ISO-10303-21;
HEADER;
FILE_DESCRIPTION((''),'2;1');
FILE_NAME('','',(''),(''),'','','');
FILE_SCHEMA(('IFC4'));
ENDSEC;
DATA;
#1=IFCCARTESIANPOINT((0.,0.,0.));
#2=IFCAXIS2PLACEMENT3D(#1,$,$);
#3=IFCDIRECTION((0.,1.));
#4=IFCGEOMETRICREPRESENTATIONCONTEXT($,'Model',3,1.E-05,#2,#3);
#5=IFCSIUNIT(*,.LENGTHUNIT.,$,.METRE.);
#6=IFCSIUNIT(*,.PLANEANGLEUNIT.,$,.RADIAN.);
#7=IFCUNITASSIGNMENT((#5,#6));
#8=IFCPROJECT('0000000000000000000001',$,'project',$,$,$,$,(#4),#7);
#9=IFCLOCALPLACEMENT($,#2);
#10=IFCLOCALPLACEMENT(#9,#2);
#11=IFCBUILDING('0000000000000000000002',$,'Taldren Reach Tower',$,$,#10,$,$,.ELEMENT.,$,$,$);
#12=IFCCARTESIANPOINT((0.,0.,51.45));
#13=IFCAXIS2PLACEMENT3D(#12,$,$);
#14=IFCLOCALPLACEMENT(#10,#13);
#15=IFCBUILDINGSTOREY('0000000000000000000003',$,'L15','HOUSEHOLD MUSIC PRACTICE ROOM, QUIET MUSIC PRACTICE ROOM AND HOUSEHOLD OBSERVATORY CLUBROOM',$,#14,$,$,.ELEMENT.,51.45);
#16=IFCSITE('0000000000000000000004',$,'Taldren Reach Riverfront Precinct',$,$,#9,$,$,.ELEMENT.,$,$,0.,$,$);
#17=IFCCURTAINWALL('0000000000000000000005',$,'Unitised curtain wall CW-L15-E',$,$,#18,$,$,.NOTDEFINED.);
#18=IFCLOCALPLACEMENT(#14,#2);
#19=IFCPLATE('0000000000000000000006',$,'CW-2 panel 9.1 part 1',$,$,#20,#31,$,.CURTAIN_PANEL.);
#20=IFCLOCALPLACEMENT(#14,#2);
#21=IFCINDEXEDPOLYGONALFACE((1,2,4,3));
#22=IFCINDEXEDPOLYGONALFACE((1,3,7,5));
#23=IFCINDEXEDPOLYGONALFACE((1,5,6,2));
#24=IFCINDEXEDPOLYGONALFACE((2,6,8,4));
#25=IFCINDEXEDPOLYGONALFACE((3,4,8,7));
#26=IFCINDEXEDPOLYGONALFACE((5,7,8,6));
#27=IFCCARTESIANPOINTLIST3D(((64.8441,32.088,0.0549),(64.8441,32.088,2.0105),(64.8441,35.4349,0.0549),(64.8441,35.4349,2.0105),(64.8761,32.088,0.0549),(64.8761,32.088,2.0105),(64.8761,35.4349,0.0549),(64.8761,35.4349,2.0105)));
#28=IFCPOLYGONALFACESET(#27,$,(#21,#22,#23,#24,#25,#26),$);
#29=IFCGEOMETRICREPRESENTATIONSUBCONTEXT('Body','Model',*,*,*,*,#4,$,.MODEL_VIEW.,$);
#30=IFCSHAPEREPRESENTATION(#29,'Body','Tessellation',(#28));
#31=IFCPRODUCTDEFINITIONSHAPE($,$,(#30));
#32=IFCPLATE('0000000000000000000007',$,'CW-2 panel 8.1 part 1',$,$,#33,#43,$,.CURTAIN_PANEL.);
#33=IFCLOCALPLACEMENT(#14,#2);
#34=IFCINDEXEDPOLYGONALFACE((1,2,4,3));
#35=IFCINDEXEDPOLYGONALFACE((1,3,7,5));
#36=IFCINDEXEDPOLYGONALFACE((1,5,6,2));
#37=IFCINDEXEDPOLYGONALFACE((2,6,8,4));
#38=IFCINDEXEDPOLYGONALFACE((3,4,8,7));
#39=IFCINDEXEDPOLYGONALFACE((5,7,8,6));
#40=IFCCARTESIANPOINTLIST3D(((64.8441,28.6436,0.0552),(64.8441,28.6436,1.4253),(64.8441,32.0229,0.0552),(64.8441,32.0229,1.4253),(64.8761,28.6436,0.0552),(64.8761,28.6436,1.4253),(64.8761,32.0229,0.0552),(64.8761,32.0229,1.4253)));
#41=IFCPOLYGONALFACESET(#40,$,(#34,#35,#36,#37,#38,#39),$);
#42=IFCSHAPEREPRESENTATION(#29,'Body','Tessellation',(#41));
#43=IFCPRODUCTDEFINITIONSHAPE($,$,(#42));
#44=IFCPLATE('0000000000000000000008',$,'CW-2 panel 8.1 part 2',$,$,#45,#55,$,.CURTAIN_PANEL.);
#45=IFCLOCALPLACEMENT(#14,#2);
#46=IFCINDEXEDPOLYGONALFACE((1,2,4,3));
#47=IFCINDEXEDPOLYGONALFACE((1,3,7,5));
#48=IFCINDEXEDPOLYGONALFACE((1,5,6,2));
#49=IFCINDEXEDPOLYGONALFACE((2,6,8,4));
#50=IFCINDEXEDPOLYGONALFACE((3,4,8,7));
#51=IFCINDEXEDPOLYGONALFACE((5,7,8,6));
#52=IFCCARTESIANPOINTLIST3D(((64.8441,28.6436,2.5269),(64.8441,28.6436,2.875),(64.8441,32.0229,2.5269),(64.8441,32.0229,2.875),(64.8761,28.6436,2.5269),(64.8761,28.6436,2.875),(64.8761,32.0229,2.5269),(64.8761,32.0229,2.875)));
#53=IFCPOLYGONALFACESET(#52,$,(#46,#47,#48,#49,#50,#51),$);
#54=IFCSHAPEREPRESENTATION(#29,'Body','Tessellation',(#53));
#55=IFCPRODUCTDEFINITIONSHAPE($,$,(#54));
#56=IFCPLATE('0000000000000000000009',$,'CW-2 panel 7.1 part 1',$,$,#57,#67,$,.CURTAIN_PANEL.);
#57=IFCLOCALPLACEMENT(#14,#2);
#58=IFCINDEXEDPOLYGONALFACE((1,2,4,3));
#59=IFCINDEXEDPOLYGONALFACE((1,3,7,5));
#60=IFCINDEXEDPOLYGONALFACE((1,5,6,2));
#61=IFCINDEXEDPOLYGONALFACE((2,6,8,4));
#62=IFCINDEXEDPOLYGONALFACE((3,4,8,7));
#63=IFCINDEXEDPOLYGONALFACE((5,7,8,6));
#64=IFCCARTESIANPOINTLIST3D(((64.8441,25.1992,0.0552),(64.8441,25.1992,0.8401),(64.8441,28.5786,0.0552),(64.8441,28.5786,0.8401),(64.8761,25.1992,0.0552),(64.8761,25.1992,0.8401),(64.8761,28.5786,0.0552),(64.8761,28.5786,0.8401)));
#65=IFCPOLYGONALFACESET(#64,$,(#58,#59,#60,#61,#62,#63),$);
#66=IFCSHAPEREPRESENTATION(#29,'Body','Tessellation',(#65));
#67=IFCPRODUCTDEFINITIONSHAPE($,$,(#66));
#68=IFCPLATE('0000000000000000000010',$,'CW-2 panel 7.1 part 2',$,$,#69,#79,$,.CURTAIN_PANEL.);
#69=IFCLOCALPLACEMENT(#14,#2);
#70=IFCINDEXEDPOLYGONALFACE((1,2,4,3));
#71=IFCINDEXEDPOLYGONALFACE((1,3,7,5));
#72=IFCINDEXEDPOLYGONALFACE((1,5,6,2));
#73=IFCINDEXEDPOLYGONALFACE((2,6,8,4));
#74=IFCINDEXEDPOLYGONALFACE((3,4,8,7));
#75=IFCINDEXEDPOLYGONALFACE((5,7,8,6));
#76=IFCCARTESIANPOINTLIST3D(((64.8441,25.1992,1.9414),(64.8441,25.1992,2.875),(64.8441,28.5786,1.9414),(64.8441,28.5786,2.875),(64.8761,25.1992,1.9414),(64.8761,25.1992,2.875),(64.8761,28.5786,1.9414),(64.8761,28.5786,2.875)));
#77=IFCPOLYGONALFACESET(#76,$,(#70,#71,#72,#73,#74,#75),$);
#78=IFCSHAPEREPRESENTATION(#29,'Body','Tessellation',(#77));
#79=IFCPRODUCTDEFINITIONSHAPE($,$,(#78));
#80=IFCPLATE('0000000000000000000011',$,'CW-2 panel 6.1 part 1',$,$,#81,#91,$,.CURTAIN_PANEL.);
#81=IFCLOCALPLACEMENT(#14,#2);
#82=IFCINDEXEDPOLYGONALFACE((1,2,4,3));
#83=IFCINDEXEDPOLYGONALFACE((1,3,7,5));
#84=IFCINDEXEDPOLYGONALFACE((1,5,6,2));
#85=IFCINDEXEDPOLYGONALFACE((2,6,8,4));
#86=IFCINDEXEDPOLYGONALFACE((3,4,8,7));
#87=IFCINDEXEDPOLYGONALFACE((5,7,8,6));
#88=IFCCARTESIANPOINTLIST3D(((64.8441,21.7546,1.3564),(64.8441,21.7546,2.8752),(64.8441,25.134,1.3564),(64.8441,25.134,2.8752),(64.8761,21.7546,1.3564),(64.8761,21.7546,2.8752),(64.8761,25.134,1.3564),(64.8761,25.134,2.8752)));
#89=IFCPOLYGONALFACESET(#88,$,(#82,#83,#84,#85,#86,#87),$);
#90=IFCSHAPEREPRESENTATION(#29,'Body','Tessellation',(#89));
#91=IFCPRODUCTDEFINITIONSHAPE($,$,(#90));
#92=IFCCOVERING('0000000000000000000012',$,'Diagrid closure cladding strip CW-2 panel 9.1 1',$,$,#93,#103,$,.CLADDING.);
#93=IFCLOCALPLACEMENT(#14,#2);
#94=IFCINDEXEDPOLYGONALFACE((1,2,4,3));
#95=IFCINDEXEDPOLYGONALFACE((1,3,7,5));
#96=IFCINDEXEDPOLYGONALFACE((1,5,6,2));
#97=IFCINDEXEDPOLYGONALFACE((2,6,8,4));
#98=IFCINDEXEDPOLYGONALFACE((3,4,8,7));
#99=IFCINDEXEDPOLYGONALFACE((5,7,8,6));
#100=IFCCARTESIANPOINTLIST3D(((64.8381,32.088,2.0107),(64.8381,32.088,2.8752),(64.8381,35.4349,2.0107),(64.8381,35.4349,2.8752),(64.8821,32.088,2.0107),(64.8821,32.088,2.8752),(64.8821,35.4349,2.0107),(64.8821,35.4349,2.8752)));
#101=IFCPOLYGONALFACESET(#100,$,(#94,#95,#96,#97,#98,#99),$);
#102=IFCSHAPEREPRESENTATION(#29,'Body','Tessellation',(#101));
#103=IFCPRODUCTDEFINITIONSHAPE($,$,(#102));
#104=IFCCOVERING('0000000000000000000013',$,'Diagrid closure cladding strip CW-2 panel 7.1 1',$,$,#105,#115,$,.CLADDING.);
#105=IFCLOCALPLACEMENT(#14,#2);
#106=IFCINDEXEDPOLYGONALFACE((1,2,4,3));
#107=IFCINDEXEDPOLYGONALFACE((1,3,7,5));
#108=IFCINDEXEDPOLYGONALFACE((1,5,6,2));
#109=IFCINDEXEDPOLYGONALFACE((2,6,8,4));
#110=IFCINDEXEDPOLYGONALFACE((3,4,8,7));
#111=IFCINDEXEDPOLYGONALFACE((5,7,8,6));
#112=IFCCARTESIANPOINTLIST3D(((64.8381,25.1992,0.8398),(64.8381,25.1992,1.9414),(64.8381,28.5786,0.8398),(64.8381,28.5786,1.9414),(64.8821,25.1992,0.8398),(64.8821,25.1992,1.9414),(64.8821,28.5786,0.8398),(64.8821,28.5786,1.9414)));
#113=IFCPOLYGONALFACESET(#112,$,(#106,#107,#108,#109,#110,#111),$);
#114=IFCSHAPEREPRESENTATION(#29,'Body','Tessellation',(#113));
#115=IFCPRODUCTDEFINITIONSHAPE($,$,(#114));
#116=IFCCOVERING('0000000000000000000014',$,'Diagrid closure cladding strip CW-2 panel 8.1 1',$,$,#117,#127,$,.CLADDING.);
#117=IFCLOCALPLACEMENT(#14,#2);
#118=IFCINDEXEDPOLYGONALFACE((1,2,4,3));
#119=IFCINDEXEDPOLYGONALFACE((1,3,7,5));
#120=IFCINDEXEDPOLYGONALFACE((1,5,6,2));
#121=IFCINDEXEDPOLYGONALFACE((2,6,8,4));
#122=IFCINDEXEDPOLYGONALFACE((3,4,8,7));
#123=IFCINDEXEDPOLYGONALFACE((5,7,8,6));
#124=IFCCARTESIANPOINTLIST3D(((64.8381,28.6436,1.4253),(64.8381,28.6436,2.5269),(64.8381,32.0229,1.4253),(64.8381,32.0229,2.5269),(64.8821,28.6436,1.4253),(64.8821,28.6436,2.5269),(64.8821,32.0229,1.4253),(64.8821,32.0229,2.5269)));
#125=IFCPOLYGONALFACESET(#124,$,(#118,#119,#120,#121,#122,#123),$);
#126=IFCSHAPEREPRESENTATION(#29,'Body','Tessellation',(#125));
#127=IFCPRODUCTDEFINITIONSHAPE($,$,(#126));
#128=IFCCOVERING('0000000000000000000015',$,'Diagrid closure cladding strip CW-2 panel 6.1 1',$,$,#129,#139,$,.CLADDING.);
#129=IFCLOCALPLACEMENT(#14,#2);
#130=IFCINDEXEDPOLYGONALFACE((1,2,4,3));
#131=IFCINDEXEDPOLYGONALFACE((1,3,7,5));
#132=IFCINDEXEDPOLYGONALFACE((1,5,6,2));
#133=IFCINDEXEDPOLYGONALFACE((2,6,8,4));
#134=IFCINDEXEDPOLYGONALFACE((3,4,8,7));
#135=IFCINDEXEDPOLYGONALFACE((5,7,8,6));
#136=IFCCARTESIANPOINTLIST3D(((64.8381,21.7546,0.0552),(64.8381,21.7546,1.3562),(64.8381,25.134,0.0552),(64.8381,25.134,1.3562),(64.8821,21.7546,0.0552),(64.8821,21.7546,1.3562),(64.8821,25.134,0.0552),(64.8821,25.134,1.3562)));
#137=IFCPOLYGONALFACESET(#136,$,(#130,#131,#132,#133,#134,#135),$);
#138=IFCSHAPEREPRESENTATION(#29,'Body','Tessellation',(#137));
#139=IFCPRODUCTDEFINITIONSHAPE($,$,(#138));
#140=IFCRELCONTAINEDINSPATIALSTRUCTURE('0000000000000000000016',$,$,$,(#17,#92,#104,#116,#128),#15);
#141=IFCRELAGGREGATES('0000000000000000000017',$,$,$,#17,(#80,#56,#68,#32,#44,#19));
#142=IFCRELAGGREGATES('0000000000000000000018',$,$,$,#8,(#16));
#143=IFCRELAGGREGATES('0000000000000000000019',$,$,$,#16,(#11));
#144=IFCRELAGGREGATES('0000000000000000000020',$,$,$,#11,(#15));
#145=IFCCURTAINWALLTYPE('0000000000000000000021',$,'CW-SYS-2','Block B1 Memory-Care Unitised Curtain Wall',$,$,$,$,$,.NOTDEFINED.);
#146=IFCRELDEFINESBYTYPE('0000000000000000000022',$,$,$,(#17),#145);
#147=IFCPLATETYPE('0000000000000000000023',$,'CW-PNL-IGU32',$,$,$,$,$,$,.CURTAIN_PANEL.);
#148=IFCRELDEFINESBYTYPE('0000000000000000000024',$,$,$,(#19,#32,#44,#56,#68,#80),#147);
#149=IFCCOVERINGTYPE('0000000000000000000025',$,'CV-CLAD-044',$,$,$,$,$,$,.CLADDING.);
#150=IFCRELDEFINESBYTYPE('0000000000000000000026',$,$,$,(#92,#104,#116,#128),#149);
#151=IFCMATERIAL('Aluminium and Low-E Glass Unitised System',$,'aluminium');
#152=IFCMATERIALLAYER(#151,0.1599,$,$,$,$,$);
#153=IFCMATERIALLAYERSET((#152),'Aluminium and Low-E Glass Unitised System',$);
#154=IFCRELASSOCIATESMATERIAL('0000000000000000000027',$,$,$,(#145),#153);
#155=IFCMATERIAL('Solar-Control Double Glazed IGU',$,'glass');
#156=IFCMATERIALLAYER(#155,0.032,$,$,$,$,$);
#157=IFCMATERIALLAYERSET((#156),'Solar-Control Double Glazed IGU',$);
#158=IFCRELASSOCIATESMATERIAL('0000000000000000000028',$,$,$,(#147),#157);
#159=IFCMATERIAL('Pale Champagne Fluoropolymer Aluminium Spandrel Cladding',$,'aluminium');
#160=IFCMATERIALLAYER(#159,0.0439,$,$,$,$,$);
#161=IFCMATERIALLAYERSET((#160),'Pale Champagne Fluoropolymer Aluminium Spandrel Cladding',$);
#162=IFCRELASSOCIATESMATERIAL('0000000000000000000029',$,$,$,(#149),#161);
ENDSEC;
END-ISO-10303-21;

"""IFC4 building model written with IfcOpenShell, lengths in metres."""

from ifc_helpers import new_model, si_unit, direction, frame, origin, origin_2d, place, context, subcontext, project, spatial, rectangle, extrude, source, transform, mapped, material, layer, layer_set, type_object, element, aggregate, save


model = new_model("IFC4")

# Units and contexts
model_context = context("Model", 3, precision=1e-05, world=origin(), true_north=direction((0.0, 1.0)))
body_context = subcontext(model_context, "Body", "Model", "MODEL_VIEW")
ifc_project = project(units=[si_unit("LENGTHUNIT", "METRE"), si_unit("PLANEANGLEUNIT", "RADIAN")], contexts=[model_context])

# Site, building, storey
site_placement = place(None, origin())
site = spatial("IfcSite", under=ifc_project, at=site_placement, Name="Taldren Reach Riverfront Precinct", CompositionType="ELEMENT", RefElevation=0.0)
building_placement = place(site_placement, origin())
building = spatial("IfcBuilding", under=site, at=building_placement, Name="Taldren Reach Tower", CompositionType="ELEMENT")
storey_placement = place(building_placement, frame((0.0, 0.0, 51.45)))
storey = spatial("IfcBuildingStorey", under=building, at=storey_placement, Name="L15", Description="HOUSEHOLD MUSIC PRACTICE ROOM, QUIET MUSIC PRACTICE ROOM AND HOUSEHOLD OBSERVATORY CLUBROOM", CompositionType="ELEMENT", Elevation=51.45)

# Curtain wall, plates
ifc_material_1 = material(Name="Aluminium and Low-E Glass Unitised System", Category="aluminium")
ifc_layer_1 = layer(ifc_material_1, 0.1599)
ifc_layer_set_1 = layer_set([ifc_layer_1], Name="Aluminium and Low-E Glass Unitised System")
curtain_wall_type = type_object("IfcCurtainWallType", Name="CW-SYS-2", Description="Block B1 Memory-Care Unitised Curtain Wall", PredefinedType="NOTDEFINED", material=ifc_layer_set_1)
curtain_wall_placement = place(storey_placement, origin())
curtain_wall = element("IfcCurtainWall", 1, at=curtain_wall_placement, inside=storey, type_object=curtain_wall_type, Name="Unitised curtain wall CW-L15-E", PredefinedType="NOTDEFINED")
ifc_material_2 = material(Name="Solar-Control Double Glazed IGU", Category="glass")
ifc_layer_2 = layer(ifc_material_2, 0.032)
ifc_layer_set_2 = layer_set([ifc_layer_2], Name="Solar-Control Double Glazed IGU")
plate_type = type_object("IfcPlateType", Name="CW-PNL-IGU32", PredefinedType="CURTAIN_PANEL", material=ifc_layer_set_2)
shared_shape_1 = source(origin(), body_context, "Body", "SweptSolid", [
    extrude(rectangle(XDim=3.3469, YDim=0.032, at=origin_2d()), origin(), (0.0, 0.0, 1.0), 1.9556),
])
plate_1_placement = place(storey_placement, frame((64.8601, 33.7615, 0.0549), z_axis=(0.0, 0.0, 1.0), x_axis=(0.0, 1.0, 0.0)))
plate_1 = element("IfcPlate", 2, at=plate_1_placement, type_object=plate_type, Name="CW-2 panel 9.1 part 1", PredefinedType="CURTAIN_PANEL", context=body_context, shape_type="MappedRepresentation", body=[
    mapped(shared_shape_1, transform((0.0, 0.0, 0.0), scale=1.0)),
])
shared_shape_2 = source(origin(), body_context, "Body", "SweptSolid", [
    extrude(rectangle(XDim=3.3794, YDim=0.032, at=origin_2d()), origin(), (0.0, 0.0, 1.0), 1.3701),
])
plate_2_placement = place(storey_placement, frame((64.8601, 30.3333, 0.0552), z_axis=(0.0, 0.0, 1.0), x_axis=(0.0, 1.0, 0.0)))
plate_2 = element("IfcPlate", 3, at=plate_2_placement, type_object=plate_type, Name="CW-2 panel 8.1 part 1", PredefinedType="CURTAIN_PANEL", context=body_context, shape_type="MappedRepresentation", body=[
    mapped(shared_shape_2, transform((0.0, 0.0, 0.0), scale=1.0)),
])
shared_shape_3 = source(origin(), body_context, "Body", "SweptSolid", [
    extrude(rectangle(XDim=3.3794, YDim=0.032, at=origin_2d()), origin(), (0.0, 0.0, 1.0), 0.3481),
])
plate_3_placement = place(storey_placement, frame((64.8601, 30.3333, 2.5269), z_axis=(0.0, 0.0, 1.0), x_axis=(0.0, 1.0, 0.0)))
plate_3 = element("IfcPlate", 4, at=plate_3_placement, type_object=plate_type, Name="CW-2 panel 8.1 part 2", PredefinedType="CURTAIN_PANEL", context=body_context, shape_type="MappedRepresentation", body=[
    mapped(shared_shape_3, transform((0.0, 0.0, 0.0), scale=1.0)),
])
shared_shape_4 = source(origin(), body_context, "Body", "SweptSolid", [
    extrude(rectangle(XDim=3.3794, YDim=0.032, at=origin_2d()), origin(), (0.0, 0.0, 1.0), 0.7849),
])
plate_4_placement = place(storey_placement, frame((64.8601, 26.8889, 0.0552), z_axis=(0.0, 0.0, 1.0), x_axis=(0.0, 1.0, 0.0)))
plate_4 = element("IfcPlate", 5, at=plate_4_placement, type_object=plate_type, Name="CW-2 panel 7.1 part 1", PredefinedType="CURTAIN_PANEL", context=body_context, shape_type="MappedRepresentation", body=[
    mapped(shared_shape_4, transform((0.0, 0.0, 0.0), scale=1.0)),
])
shared_shape_5 = source(origin(), body_context, "Body", "SweptSolid", [
    extrude(rectangle(XDim=3.3794, YDim=0.032, at=origin_2d()), origin(), (0.0, 0.0, 1.0), 0.9336),
])
plate_5_placement = place(storey_placement, frame((64.8601, 26.8889, 1.9414), z_axis=(0.0, 0.0, 1.0), x_axis=(0.0, 1.0, 0.0)))
plate_5 = element("IfcPlate", 6, at=plate_5_placement, type_object=plate_type, Name="CW-2 panel 7.1 part 2", PredefinedType="CURTAIN_PANEL", context=body_context, shape_type="MappedRepresentation", body=[
    mapped(shared_shape_5, transform((0.0, 0.0, 0.0), scale=1.0)),
])
shared_shape_6 = source(origin(), body_context, "Body", "SweptSolid", [
    extrude(rectangle(XDim=3.3794, YDim=0.032, at=origin_2d()), origin(), (0.0, 0.0, 1.0), 1.5188),
])
plate_6_placement = place(storey_placement, frame((64.8601, 23.4443, 1.3564), z_axis=(0.0, 0.0, 1.0), x_axis=(0.0, 1.0, 0.0)))
plate_6 = element("IfcPlate", 7, at=plate_6_placement, type_object=plate_type, Name="CW-2 panel 6.1 part 1", PredefinedType="CURTAIN_PANEL", context=body_context, shape_type="MappedRepresentation", body=[
    mapped(shared_shape_6, transform((0.0, 0.0, 0.0), scale=1.0)),
])
aggregate(curtain_wall, [plate_6, plate_4, plate_5, plate_2, plate_3, plate_1])

# Coverings
ifc_material_3 = material(Name="Pale Champagne Fluoropolymer Aluminium Spandrel Cladding", Category="aluminium")
ifc_layer_3 = layer(ifc_material_3, 0.0439)
ifc_layer_set_3 = layer_set([ifc_layer_3], Name="Pale Champagne Fluoropolymer Aluminium Spandrel Cladding")
covering_type = type_object("IfcCoveringType", Name="CV-CLAD-044", PredefinedType="CLADDING", material=ifc_layer_set_3)
shared_shape_7 = source(origin(), body_context, "Body", "SweptSolid", [
    extrude(rectangle(XDim=3.3469, YDim=0.0439, at=origin_2d()), origin(), (0.0, 0.0, 1.0), 0.8645),
])
covering_1_placement = place(storey_placement, frame((64.8601, 33.7615, 2.0107), z_axis=(0.0, 0.0, 1.0), x_axis=(0.0, 1.0, 0.0)))
element("IfcCovering", 8, at=covering_1_placement, inside=storey, type_object=covering_type, Name="Diagrid closure cladding strip CW-2 panel 9.1 1", PredefinedType="CLADDING", context=body_context, shape_type="MappedRepresentation", body=[
    mapped(shared_shape_7, transform((0.0, 0.0, 0.0), scale=1.0)),
])
shared_shape_8 = source(origin(), body_context, "Body", "SweptSolid", [
    extrude(rectangle(XDim=3.3794, YDim=0.0439, at=origin_2d()), origin(), (0.0, 0.0, 1.0), 1.1016),
])
for number, where, z_axis, x_axis, name in (
    (9, (64.8601, 26.8889, 0.8398), (0.0, 0.0, 1.0), (0.0, 1.0, 0.0), "Diagrid closure cladding strip CW-2 panel 7.1 1"),
    (10, (64.8601, 30.3333, 1.4253), (0.0, 0.0, 1.0), (0.0, 1.0, 0.0), "Diagrid closure cladding strip CW-2 panel 8.1 1"),
):
    element("IfcCovering", number, at=place(storey_placement, frame(where, z_axis=z_axis, x_axis=x_axis)), inside=storey, type_object=covering_type, Name=name, PredefinedType="CLADDING", context=body_context, shape_type="MappedRepresentation", body=[
        mapped(shared_shape_8, transform((0.0, 0.0, 0.0), scale=1.0)),
    ])
shared_shape_9 = source(origin(), body_context, "Body", "SweptSolid", [
    extrude(rectangle(XDim=3.3794, YDim=0.0439, at=origin_2d()), origin(), (0.0, 0.0, 1.0), 1.301),
])
covering_2_placement = place(storey_placement, frame((64.8601, 23.4443, 0.0552), z_axis=(0.0, 0.0, 1.0), x_axis=(0.0, 1.0, 0.0)))
element("IfcCovering", 11, at=covering_2_placement, inside=storey, type_object=covering_type, Name="Diagrid closure cladding strip CW-2 panel 6.1 1", PredefinedType="CLADDING", context=body_context, shape_type="MappedRepresentation", body=[
    mapped(shared_shape_9, transform((0.0, 0.0, 0.0), scale=1.0)),
])

save(model, "model.ifc")
